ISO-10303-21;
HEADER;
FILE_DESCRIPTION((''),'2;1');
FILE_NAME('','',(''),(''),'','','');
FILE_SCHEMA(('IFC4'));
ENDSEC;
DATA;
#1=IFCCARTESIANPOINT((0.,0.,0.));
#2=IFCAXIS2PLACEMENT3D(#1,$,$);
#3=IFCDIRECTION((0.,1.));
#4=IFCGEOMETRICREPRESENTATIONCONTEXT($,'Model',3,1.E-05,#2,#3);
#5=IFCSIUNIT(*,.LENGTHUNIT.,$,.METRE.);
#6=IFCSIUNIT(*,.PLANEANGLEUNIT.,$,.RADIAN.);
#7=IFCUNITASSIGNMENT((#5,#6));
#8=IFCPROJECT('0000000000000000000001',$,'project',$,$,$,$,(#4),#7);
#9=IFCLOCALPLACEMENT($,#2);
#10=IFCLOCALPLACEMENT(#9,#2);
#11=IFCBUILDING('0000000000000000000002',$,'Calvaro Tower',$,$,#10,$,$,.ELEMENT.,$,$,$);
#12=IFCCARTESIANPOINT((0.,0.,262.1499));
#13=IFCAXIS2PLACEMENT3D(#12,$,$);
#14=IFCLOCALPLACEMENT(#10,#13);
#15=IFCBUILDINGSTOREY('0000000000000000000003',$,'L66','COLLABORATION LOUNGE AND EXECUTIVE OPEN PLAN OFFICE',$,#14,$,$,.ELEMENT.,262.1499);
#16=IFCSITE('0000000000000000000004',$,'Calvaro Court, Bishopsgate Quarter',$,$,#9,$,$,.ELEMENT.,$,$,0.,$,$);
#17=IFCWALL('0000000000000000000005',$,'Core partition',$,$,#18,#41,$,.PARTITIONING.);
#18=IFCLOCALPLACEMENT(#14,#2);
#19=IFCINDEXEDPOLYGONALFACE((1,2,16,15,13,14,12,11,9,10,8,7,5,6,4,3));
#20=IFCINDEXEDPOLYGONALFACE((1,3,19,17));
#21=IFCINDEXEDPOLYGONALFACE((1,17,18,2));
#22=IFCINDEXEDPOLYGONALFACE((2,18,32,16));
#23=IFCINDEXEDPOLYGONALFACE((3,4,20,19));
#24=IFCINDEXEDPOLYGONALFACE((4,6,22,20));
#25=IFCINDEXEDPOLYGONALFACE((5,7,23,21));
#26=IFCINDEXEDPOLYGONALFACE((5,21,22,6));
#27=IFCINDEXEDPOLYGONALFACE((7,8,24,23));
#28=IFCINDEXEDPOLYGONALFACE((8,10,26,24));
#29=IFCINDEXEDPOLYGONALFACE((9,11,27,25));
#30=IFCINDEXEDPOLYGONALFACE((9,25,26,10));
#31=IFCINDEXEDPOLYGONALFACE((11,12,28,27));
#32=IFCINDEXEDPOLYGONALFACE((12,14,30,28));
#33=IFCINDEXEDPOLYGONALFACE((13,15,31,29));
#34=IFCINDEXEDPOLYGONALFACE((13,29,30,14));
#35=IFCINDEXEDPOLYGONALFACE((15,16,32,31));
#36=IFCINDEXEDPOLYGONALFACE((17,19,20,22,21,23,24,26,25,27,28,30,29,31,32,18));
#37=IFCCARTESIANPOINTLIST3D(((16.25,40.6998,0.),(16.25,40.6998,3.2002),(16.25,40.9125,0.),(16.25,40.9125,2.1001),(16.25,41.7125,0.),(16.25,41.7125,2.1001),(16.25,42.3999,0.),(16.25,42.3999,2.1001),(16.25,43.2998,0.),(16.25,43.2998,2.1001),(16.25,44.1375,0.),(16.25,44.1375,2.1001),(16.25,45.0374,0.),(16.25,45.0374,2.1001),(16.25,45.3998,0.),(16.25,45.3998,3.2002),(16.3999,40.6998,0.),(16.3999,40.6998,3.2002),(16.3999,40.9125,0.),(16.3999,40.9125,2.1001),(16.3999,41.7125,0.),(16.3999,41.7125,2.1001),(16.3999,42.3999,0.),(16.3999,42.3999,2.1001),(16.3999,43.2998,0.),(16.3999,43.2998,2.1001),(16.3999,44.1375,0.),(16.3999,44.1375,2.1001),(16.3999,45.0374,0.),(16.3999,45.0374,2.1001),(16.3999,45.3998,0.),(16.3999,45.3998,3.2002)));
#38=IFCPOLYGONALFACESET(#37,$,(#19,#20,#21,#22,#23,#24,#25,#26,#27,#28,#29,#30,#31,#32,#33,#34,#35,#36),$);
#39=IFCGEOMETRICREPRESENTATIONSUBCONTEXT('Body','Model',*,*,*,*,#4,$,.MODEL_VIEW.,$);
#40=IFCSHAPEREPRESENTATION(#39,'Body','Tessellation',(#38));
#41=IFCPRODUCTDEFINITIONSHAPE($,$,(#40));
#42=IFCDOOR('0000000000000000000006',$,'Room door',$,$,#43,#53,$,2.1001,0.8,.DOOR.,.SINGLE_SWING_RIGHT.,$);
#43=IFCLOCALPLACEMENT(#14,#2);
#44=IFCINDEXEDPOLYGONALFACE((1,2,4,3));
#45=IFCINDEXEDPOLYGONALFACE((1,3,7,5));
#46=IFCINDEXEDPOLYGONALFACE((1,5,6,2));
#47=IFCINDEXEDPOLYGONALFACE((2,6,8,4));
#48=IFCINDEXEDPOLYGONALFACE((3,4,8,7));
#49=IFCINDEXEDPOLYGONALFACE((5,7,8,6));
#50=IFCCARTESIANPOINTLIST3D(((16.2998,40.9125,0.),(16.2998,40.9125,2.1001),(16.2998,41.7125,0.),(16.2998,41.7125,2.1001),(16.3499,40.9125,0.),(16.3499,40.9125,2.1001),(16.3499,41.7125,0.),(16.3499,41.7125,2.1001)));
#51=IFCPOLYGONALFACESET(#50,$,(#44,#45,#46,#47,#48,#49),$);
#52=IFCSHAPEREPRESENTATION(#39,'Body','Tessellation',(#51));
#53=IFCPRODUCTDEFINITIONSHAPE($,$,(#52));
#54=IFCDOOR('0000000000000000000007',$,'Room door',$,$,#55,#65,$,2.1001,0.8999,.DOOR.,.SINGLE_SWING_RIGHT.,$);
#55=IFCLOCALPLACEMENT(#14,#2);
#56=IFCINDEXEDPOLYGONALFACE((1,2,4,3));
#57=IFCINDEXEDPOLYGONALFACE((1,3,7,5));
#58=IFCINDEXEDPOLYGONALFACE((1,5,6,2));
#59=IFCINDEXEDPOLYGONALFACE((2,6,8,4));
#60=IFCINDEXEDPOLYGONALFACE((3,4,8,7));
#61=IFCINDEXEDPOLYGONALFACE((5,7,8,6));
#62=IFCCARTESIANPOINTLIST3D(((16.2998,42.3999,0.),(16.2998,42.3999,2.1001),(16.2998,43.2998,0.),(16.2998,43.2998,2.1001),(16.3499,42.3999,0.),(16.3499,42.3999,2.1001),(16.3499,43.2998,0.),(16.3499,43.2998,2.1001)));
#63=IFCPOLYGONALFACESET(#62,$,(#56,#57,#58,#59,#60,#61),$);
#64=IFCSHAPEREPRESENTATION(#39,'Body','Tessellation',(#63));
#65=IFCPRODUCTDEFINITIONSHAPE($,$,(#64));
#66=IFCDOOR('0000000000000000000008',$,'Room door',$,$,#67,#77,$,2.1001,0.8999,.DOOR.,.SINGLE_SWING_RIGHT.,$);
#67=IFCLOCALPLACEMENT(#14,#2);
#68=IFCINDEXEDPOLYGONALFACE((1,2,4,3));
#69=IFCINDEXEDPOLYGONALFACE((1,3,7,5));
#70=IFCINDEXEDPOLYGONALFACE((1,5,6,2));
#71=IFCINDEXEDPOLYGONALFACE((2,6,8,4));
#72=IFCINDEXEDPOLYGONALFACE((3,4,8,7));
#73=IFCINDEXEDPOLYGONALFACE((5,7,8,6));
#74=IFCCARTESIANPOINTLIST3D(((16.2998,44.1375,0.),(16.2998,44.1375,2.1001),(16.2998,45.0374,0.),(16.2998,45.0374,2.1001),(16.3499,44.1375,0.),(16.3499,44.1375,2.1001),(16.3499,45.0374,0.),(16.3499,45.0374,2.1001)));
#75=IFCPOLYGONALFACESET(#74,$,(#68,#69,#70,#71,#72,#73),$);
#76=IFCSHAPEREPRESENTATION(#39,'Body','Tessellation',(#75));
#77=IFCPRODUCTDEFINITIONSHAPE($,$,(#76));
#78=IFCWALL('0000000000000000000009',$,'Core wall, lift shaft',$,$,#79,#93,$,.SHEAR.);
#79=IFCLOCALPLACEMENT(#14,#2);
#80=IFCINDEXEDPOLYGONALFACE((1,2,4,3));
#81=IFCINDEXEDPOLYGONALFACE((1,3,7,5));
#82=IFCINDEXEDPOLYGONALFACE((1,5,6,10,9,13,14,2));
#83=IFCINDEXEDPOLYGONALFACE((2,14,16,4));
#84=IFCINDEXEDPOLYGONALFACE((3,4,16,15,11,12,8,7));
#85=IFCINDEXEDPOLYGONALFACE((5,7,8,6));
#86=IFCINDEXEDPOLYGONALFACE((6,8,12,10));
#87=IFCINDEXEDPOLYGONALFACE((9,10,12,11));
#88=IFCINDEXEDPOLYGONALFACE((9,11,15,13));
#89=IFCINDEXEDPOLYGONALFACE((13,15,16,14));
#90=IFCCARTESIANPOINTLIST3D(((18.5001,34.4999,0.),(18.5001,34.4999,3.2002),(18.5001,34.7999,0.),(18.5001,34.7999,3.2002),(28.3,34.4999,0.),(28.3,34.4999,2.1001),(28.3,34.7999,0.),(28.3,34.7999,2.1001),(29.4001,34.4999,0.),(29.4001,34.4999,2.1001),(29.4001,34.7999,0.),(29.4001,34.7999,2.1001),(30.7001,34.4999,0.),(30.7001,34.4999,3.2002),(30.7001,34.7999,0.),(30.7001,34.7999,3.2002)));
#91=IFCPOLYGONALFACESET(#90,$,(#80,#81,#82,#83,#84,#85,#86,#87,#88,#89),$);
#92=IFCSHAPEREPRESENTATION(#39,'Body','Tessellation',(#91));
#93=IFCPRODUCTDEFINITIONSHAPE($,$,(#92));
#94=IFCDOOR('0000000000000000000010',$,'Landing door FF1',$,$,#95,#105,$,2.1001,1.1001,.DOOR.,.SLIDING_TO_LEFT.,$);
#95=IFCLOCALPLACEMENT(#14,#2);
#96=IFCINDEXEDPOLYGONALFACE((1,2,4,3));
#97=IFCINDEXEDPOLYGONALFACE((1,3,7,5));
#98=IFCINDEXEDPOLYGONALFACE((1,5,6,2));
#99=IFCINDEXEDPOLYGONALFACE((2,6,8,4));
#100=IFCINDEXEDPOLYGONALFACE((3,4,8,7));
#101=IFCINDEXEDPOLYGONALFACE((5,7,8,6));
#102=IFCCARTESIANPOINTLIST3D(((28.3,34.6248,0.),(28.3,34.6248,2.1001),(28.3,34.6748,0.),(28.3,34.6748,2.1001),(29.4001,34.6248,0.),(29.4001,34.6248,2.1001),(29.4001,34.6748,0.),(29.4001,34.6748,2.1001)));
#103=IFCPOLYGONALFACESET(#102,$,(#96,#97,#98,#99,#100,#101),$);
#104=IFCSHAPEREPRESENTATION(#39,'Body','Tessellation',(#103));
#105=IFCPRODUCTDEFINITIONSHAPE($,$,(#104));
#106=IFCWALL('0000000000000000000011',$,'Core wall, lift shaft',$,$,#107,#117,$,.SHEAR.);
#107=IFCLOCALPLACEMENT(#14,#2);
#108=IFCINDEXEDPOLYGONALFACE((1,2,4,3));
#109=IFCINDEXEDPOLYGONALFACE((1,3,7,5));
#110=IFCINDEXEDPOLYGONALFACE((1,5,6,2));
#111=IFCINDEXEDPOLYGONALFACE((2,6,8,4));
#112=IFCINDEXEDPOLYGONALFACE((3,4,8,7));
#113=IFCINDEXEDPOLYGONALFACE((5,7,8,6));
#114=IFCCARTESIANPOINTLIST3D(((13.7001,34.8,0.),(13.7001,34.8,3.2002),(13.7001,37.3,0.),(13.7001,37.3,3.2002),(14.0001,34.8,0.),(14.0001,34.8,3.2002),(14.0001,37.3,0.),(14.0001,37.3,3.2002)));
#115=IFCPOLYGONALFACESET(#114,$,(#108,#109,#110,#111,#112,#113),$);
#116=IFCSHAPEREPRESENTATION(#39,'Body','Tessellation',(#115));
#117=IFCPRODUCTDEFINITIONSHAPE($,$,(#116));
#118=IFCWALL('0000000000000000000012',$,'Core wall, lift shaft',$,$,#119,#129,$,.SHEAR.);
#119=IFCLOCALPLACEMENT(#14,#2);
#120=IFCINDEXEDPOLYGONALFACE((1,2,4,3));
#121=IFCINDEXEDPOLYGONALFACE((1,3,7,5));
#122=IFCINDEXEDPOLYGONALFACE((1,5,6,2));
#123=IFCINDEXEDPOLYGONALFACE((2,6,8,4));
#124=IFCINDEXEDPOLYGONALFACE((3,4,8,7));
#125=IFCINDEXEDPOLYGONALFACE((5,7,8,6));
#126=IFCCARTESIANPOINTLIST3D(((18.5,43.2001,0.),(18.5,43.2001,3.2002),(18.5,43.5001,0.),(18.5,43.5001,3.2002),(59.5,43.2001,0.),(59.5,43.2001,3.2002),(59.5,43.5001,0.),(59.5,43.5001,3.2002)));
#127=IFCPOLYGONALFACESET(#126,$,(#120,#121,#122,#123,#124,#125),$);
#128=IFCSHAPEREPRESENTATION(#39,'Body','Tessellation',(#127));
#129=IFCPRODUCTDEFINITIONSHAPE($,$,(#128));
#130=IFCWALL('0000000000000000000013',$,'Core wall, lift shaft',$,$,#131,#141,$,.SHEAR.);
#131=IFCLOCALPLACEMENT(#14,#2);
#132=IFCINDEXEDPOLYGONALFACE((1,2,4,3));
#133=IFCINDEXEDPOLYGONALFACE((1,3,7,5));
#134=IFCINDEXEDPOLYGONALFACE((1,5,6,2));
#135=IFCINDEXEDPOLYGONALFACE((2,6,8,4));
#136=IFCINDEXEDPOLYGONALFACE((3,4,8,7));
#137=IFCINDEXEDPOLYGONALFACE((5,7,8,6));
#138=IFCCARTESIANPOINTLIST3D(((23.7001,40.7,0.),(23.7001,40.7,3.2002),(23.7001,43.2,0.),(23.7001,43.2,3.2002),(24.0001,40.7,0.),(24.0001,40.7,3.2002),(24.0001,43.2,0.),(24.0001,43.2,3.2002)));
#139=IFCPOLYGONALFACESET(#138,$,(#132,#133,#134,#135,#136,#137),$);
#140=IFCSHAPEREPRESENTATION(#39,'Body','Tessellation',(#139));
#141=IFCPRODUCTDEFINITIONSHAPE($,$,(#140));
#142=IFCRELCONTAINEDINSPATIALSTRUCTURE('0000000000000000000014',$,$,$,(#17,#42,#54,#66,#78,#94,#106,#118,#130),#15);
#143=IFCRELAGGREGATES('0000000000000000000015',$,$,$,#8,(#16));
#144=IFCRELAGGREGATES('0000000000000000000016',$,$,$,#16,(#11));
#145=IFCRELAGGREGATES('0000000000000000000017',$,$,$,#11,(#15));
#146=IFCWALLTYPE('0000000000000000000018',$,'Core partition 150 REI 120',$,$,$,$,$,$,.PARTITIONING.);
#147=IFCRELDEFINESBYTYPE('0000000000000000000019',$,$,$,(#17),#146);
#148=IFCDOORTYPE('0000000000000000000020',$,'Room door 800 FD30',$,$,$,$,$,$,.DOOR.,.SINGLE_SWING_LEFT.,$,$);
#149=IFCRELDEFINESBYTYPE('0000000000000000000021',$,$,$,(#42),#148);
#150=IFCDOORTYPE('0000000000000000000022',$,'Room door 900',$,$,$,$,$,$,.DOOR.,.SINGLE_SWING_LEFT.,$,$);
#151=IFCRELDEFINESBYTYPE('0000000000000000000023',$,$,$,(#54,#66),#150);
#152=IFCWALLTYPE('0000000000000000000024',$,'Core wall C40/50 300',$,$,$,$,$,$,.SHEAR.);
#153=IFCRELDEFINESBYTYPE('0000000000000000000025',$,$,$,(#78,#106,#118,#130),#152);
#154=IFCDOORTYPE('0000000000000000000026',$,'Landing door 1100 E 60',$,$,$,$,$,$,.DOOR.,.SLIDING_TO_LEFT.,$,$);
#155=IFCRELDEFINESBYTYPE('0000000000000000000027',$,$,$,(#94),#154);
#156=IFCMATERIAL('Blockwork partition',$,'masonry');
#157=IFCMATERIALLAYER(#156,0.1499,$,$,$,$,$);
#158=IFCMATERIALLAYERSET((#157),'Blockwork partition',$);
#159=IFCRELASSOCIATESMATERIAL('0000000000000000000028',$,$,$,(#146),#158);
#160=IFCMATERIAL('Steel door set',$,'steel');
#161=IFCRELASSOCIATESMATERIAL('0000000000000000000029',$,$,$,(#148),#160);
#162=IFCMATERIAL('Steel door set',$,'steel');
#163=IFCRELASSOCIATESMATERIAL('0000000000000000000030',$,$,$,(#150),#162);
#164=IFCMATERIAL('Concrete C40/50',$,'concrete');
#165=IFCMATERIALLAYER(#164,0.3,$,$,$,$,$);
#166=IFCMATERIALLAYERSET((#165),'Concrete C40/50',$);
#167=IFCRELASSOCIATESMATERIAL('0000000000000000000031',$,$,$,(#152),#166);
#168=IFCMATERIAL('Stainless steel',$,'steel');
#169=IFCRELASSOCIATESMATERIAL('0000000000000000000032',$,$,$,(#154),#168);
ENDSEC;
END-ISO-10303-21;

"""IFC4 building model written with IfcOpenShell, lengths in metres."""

from ifc_helpers import new_model, si_unit, direction, frame, frame_2d, origin, place, context, subcontext, project, spatial, rectangle, extrude, material, layer, layer_set, type_object, element, fill, save


model = new_model("IFC4")

# Units and contexts
model_context = context("Model", 3, precision=1e-05, world=origin(), true_north=direction((0.0, 1.0)))
body_context = subcontext(model_context, "Body", "Model", "MODEL_VIEW")
ifc_project = project(units=[si_unit("LENGTHUNIT", "METRE"), si_unit("PLANEANGLEUNIT", "RADIAN")], contexts=[model_context])

# Site, building, storey
site_placement = place(None, origin())
site = spatial("IfcSite", under=ifc_project, at=site_placement, Name="Calvaro Court, Bishopsgate Quarter", CompositionType="ELEMENT", RefElevation=0.0)
building_placement = place(site_placement, origin())
building = spatial("IfcBuilding", under=site, at=building_placement, Name="Calvaro Tower", CompositionType="ELEMENT")
storey_placement = place(building_placement, frame((0.0, 0.0, 262.1499)))
storey = spatial("IfcBuildingStorey", under=building, at=storey_placement, Name="L66", Description="COLLABORATION LOUNGE AND EXECUTIVE OPEN PLAN OFFICE", CompositionType="ELEMENT", Elevation=262.1499)

# Wall, openings, doors
ifc_material_1 = material(Name="Blockwork partition", Category="masonry")
ifc_layer_1 = layer(ifc_material_1, 0.1499)
ifc_layer_set_1 = layer_set([ifc_layer_1], Name="Blockwork partition")
wall_type_1 = type_object("IfcWallType", Name="Core partition 150 REI 120", PredefinedType="PARTITIONING", material=ifc_layer_set_1)
wall_1_placement = place(storey_placement, frame((16.325, 45.3999, 0.0), z_axis=(0.0, 0.0, 1.0), x_axis=(0.0, -1.0, 0.0)))
wall_1 = element("IfcWall", 1, at=wall_1_placement, inside=storey, type_object=wall_type_1, Name="Core partition", PredefinedType="PARTITIONING", context=body_context, shape_type="SweptSolid", body=[
    extrude(rectangle(XDim=4.7, YDim=0.1499, at=frame_2d((2.3501, 0.0))), origin(), (0.0, 0.0, 1.0), 3.2002),
])
opening_1_placement = place(wall_1_placement, frame((3.6875, 0.0, 0.0)))
opening_1 = element("IfcOpeningElement", 2, at=opening_1_placement, cuts=wall_1, PredefinedType="OPENING", context=body_context, shape_type="SweptSolid", body=[
    extrude(rectangle(XDim=0.8, YDim=2.1001, at=frame_2d((0.3999, 1.05))), frame((0.0, 0.085, 0.0), z_axis=(0.0, -1.0, 0.0), x_axis=(1.0, 0.0, 0.0)), (0.0, 0.0, 1.0), 0.1699),
])
opening_2_placement = place(wall_1_placement, frame((2.1001, 0.0, 0.0)))
opening_2 = element("IfcOpeningElement", 3, at=opening_2_placement, cuts=wall_1, PredefinedType="OPENING", context=body_context, shape_type="SweptSolid", body=[
    extrude(rectangle(XDim=0.8999, YDim=2.1001, at=frame_2d((0.45, 1.05))), frame((0.0, 0.085, 0.0), z_axis=(0.0, -1.0, 0.0), x_axis=(1.0, 0.0, 0.0)), (0.0, 0.0, 1.0), 0.1699),
])
opening_3_placement = place(wall_1_placement, frame((0.3625, 0.0, 0.0)))
opening_3 = element("IfcOpeningElement", 4, at=opening_3_placement, cuts=wall_1, PredefinedType="OPENING", context=body_context, shape_type="SweptSolid", body=[
    extrude(rectangle(XDim=0.8999, YDim=2.1001, at=frame_2d((0.45, 1.05))), frame((0.0, 0.085, 0.0), z_axis=(0.0, -1.0, 0.0), x_axis=(1.0, 0.0, 0.0)), (0.0, 0.0, 1.0), 0.1699),
])
ifc_material_2 = material(Name="Steel door set", Category="steel")
door_type_1 = type_object("IfcDoorType", Name="Room door 800 FD30", OperationType="SINGLE_SWING_LEFT", PredefinedType="DOOR", material=ifc_material_2)
door_1_placement = place(opening_1_placement, origin())
door_1 = element("IfcDoor", 5, at=door_1_placement, inside=storey, type_object=door_type_1, Name="Room door", OperationType="SINGLE_SWING_RIGHT", OverallHeight=2.1001, OverallWidth=0.8, PredefinedType="DOOR", context=body_context, shape_type="SweptSolid", body=[
    extrude(rectangle(XDim=0.8, YDim=2.1001, at=frame_2d((0.3999, 1.05))), frame((0.0, 0.0249, 0.0), z_axis=(0.0, -1.0, 0.0), x_axis=(1.0, 0.0, 0.0)), (0.0, 0.0, 1.0), 0.05),
])
fill(opening_1, door_1)
ifc_material_3 = material(Name="Steel door set", Category="steel")
door_type_2 = type_object("IfcDoorType", Name="Room door 900", OperationType="SINGLE_SWING_LEFT", PredefinedType="DOOR", material=ifc_material_3)
door_2_placement = place(opening_2_placement, origin())
door_2 = element("IfcDoor", 6, at=door_2_placement, inside=storey, type_object=door_type_2, Name="Room door", OperationType="SINGLE_SWING_RIGHT", OverallHeight=2.1001, OverallWidth=0.8999, PredefinedType="DOOR", context=body_context, shape_type="SweptSolid", body=[
    extrude(rectangle(XDim=0.8999, YDim=2.1001, at=frame_2d((0.45, 1.05))), frame((0.0, 0.0249, 0.0), z_axis=(0.0, -1.0, 0.0), x_axis=(1.0, 0.0, 0.0)), (0.0, 0.0, 1.0), 0.05),
])
fill(opening_2, door_2)
door_3_placement = place(opening_3_placement, origin())
door_3 = element("IfcDoor", 7, at=door_3_placement, inside=storey, type_object=door_type_2, Name="Room door", OperationType="SINGLE_SWING_RIGHT", OverallHeight=2.1001, OverallWidth=0.8999, PredefinedType="DOOR", context=body_context, shape_type="SweptSolid", body=[
    extrude(rectangle(XDim=0.8999, YDim=2.1001, at=frame_2d((0.45, 1.05))), frame((0.0, 0.0249, 0.0), z_axis=(0.0, -1.0, 0.0), x_axis=(1.0, 0.0, 0.0)), (0.0, 0.0, 1.0), 0.05),
])
fill(opening_3, door_3)

# Wall, opening, door
ifc_material_4 = material(Name="Concrete C40/50", Category="concrete")
ifc_layer_2 = layer(ifc_material_4, 0.3)
ifc_layer_set_2 = layer_set([ifc_layer_2], Name="Concrete C40/50")
wall_type_2 = type_object("IfcWallType", Name="Core wall C40/50 300", PredefinedType="SHEAR", material=ifc_layer_set_2)
wall_2_placement = place(storey_placement, frame((18.5, 34.6499, 0.0), z_axis=(0.0, 0.0, 1.0), x_axis=(1.0, 0.0, 0.0)))
wall_2 = element("IfcWall", 8, at=wall_2_placement, inside=storey, type_object=wall_type_2, Name="Core wall, lift shaft", PredefinedType="SHEAR", context=body_context, shape_type="SweptSolid", body=[
    extrude(rectangle(XDim=12.2, YDim=0.3, at=frame_2d((6.1001, 0.0))), origin(), (0.0, 0.0, 1.0), 3.2002),
])
opening_4_placement = place(wall_2_placement, frame((9.8, 0.0, 0.0)))
opening_4 = element("IfcOpeningElement", 9, at=opening_4_placement, cuts=wall_2, PredefinedType="OPENING", context=body_context, shape_type="SweptSolid", body=[
    extrude(rectangle(XDim=1.1001, YDim=2.1001, at=frame_2d((0.55, 1.05))), frame((0.0, 0.1599, 0.0), z_axis=(0.0, -1.0, 0.0), x_axis=(1.0, 0.0, 0.0)), (0.0, 0.0, 1.0), 0.3201),
])
ifc_material_5 = material(Name="Stainless steel", Category="steel")
door_type_3 = type_object("IfcDoorType", Name="Landing door 1100 E 60", OperationType="SLIDING_TO_LEFT", PredefinedType="DOOR", material=ifc_material_5)
door_4_placement = place(opening_4_placement, origin())
door_4 = element("IfcDoor", 10, at=door_4_placement, inside=storey, type_object=door_type_3, Name="Landing door FF1", OperationType="SLIDING_TO_LEFT", OverallHeight=2.1001, OverallWidth=1.1001, PredefinedType="DOOR", context=body_context, shape_type="SweptSolid", body=[
    extrude(rectangle(XDim=1.1001, YDim=2.1001, at=frame_2d((0.55, 1.05))), frame((0.0, 0.0249, 0.0), z_axis=(0.0, -1.0, 0.0), x_axis=(1.0, 0.0, 0.0)), (0.0, 0.0, 1.0), 0.05),
])
fill(opening_4, door_4)

# Wall
wall_3_placement = place(storey_placement, frame((13.8501, 34.8, 0.0), z_axis=(0.0, 0.0, 1.0), x_axis=(0.0, 1.0, 0.0)))
element("IfcWall", 11, at=wall_3_placement, inside=storey, type_object=wall_type_2, Name="Core wall, lift shaft", PredefinedType="SHEAR", context=body_context, shape_type="SweptSolid", body=[
    extrude(rectangle(XDim=2.5, YDim=0.3, at=frame_2d((1.25, 0.0))), origin(), (0.0, 0.0, 1.0), 3.2002),
])

# Walls
wall_4_placement = place(storey_placement, frame((18.5, 43.3501, 0.0), z_axis=(0.0, 0.0, 1.0), x_axis=(1.0, 0.0, 0.0)))
element("IfcWall", 12, at=wall_4_placement, inside=storey, type_object=wall_type_2, Name="Core wall, lift shaft", PredefinedType="SHEAR", context=body_context, shape_type="SweptSolid", body=[
    extrude(rectangle(XDim=41.0, YDim=0.3, at=frame_2d((20.5, 0.0))), origin(), (0.0, 0.0, 1.0), 3.2002),
])
wall_5_placement = place(storey_placement, frame((23.8501, 40.7, 0.0), z_axis=(0.0, 0.0, 1.0), x_axis=(0.0, 1.0, 0.0)))
element("IfcWall", 13, at=wall_5_placement, inside=storey, type_object=wall_type_2, Name="Core wall, lift shaft", PredefinedType="SHEAR", context=body_context, shape_type="SweptSolid", body=[
    extrude(rectangle(XDim=2.5, YDim=0.3, at=frame_2d((1.25, 0.0))), origin(), (0.0, 0.0, 1.0), 3.2002),
])

save(model, "model.ifc")
